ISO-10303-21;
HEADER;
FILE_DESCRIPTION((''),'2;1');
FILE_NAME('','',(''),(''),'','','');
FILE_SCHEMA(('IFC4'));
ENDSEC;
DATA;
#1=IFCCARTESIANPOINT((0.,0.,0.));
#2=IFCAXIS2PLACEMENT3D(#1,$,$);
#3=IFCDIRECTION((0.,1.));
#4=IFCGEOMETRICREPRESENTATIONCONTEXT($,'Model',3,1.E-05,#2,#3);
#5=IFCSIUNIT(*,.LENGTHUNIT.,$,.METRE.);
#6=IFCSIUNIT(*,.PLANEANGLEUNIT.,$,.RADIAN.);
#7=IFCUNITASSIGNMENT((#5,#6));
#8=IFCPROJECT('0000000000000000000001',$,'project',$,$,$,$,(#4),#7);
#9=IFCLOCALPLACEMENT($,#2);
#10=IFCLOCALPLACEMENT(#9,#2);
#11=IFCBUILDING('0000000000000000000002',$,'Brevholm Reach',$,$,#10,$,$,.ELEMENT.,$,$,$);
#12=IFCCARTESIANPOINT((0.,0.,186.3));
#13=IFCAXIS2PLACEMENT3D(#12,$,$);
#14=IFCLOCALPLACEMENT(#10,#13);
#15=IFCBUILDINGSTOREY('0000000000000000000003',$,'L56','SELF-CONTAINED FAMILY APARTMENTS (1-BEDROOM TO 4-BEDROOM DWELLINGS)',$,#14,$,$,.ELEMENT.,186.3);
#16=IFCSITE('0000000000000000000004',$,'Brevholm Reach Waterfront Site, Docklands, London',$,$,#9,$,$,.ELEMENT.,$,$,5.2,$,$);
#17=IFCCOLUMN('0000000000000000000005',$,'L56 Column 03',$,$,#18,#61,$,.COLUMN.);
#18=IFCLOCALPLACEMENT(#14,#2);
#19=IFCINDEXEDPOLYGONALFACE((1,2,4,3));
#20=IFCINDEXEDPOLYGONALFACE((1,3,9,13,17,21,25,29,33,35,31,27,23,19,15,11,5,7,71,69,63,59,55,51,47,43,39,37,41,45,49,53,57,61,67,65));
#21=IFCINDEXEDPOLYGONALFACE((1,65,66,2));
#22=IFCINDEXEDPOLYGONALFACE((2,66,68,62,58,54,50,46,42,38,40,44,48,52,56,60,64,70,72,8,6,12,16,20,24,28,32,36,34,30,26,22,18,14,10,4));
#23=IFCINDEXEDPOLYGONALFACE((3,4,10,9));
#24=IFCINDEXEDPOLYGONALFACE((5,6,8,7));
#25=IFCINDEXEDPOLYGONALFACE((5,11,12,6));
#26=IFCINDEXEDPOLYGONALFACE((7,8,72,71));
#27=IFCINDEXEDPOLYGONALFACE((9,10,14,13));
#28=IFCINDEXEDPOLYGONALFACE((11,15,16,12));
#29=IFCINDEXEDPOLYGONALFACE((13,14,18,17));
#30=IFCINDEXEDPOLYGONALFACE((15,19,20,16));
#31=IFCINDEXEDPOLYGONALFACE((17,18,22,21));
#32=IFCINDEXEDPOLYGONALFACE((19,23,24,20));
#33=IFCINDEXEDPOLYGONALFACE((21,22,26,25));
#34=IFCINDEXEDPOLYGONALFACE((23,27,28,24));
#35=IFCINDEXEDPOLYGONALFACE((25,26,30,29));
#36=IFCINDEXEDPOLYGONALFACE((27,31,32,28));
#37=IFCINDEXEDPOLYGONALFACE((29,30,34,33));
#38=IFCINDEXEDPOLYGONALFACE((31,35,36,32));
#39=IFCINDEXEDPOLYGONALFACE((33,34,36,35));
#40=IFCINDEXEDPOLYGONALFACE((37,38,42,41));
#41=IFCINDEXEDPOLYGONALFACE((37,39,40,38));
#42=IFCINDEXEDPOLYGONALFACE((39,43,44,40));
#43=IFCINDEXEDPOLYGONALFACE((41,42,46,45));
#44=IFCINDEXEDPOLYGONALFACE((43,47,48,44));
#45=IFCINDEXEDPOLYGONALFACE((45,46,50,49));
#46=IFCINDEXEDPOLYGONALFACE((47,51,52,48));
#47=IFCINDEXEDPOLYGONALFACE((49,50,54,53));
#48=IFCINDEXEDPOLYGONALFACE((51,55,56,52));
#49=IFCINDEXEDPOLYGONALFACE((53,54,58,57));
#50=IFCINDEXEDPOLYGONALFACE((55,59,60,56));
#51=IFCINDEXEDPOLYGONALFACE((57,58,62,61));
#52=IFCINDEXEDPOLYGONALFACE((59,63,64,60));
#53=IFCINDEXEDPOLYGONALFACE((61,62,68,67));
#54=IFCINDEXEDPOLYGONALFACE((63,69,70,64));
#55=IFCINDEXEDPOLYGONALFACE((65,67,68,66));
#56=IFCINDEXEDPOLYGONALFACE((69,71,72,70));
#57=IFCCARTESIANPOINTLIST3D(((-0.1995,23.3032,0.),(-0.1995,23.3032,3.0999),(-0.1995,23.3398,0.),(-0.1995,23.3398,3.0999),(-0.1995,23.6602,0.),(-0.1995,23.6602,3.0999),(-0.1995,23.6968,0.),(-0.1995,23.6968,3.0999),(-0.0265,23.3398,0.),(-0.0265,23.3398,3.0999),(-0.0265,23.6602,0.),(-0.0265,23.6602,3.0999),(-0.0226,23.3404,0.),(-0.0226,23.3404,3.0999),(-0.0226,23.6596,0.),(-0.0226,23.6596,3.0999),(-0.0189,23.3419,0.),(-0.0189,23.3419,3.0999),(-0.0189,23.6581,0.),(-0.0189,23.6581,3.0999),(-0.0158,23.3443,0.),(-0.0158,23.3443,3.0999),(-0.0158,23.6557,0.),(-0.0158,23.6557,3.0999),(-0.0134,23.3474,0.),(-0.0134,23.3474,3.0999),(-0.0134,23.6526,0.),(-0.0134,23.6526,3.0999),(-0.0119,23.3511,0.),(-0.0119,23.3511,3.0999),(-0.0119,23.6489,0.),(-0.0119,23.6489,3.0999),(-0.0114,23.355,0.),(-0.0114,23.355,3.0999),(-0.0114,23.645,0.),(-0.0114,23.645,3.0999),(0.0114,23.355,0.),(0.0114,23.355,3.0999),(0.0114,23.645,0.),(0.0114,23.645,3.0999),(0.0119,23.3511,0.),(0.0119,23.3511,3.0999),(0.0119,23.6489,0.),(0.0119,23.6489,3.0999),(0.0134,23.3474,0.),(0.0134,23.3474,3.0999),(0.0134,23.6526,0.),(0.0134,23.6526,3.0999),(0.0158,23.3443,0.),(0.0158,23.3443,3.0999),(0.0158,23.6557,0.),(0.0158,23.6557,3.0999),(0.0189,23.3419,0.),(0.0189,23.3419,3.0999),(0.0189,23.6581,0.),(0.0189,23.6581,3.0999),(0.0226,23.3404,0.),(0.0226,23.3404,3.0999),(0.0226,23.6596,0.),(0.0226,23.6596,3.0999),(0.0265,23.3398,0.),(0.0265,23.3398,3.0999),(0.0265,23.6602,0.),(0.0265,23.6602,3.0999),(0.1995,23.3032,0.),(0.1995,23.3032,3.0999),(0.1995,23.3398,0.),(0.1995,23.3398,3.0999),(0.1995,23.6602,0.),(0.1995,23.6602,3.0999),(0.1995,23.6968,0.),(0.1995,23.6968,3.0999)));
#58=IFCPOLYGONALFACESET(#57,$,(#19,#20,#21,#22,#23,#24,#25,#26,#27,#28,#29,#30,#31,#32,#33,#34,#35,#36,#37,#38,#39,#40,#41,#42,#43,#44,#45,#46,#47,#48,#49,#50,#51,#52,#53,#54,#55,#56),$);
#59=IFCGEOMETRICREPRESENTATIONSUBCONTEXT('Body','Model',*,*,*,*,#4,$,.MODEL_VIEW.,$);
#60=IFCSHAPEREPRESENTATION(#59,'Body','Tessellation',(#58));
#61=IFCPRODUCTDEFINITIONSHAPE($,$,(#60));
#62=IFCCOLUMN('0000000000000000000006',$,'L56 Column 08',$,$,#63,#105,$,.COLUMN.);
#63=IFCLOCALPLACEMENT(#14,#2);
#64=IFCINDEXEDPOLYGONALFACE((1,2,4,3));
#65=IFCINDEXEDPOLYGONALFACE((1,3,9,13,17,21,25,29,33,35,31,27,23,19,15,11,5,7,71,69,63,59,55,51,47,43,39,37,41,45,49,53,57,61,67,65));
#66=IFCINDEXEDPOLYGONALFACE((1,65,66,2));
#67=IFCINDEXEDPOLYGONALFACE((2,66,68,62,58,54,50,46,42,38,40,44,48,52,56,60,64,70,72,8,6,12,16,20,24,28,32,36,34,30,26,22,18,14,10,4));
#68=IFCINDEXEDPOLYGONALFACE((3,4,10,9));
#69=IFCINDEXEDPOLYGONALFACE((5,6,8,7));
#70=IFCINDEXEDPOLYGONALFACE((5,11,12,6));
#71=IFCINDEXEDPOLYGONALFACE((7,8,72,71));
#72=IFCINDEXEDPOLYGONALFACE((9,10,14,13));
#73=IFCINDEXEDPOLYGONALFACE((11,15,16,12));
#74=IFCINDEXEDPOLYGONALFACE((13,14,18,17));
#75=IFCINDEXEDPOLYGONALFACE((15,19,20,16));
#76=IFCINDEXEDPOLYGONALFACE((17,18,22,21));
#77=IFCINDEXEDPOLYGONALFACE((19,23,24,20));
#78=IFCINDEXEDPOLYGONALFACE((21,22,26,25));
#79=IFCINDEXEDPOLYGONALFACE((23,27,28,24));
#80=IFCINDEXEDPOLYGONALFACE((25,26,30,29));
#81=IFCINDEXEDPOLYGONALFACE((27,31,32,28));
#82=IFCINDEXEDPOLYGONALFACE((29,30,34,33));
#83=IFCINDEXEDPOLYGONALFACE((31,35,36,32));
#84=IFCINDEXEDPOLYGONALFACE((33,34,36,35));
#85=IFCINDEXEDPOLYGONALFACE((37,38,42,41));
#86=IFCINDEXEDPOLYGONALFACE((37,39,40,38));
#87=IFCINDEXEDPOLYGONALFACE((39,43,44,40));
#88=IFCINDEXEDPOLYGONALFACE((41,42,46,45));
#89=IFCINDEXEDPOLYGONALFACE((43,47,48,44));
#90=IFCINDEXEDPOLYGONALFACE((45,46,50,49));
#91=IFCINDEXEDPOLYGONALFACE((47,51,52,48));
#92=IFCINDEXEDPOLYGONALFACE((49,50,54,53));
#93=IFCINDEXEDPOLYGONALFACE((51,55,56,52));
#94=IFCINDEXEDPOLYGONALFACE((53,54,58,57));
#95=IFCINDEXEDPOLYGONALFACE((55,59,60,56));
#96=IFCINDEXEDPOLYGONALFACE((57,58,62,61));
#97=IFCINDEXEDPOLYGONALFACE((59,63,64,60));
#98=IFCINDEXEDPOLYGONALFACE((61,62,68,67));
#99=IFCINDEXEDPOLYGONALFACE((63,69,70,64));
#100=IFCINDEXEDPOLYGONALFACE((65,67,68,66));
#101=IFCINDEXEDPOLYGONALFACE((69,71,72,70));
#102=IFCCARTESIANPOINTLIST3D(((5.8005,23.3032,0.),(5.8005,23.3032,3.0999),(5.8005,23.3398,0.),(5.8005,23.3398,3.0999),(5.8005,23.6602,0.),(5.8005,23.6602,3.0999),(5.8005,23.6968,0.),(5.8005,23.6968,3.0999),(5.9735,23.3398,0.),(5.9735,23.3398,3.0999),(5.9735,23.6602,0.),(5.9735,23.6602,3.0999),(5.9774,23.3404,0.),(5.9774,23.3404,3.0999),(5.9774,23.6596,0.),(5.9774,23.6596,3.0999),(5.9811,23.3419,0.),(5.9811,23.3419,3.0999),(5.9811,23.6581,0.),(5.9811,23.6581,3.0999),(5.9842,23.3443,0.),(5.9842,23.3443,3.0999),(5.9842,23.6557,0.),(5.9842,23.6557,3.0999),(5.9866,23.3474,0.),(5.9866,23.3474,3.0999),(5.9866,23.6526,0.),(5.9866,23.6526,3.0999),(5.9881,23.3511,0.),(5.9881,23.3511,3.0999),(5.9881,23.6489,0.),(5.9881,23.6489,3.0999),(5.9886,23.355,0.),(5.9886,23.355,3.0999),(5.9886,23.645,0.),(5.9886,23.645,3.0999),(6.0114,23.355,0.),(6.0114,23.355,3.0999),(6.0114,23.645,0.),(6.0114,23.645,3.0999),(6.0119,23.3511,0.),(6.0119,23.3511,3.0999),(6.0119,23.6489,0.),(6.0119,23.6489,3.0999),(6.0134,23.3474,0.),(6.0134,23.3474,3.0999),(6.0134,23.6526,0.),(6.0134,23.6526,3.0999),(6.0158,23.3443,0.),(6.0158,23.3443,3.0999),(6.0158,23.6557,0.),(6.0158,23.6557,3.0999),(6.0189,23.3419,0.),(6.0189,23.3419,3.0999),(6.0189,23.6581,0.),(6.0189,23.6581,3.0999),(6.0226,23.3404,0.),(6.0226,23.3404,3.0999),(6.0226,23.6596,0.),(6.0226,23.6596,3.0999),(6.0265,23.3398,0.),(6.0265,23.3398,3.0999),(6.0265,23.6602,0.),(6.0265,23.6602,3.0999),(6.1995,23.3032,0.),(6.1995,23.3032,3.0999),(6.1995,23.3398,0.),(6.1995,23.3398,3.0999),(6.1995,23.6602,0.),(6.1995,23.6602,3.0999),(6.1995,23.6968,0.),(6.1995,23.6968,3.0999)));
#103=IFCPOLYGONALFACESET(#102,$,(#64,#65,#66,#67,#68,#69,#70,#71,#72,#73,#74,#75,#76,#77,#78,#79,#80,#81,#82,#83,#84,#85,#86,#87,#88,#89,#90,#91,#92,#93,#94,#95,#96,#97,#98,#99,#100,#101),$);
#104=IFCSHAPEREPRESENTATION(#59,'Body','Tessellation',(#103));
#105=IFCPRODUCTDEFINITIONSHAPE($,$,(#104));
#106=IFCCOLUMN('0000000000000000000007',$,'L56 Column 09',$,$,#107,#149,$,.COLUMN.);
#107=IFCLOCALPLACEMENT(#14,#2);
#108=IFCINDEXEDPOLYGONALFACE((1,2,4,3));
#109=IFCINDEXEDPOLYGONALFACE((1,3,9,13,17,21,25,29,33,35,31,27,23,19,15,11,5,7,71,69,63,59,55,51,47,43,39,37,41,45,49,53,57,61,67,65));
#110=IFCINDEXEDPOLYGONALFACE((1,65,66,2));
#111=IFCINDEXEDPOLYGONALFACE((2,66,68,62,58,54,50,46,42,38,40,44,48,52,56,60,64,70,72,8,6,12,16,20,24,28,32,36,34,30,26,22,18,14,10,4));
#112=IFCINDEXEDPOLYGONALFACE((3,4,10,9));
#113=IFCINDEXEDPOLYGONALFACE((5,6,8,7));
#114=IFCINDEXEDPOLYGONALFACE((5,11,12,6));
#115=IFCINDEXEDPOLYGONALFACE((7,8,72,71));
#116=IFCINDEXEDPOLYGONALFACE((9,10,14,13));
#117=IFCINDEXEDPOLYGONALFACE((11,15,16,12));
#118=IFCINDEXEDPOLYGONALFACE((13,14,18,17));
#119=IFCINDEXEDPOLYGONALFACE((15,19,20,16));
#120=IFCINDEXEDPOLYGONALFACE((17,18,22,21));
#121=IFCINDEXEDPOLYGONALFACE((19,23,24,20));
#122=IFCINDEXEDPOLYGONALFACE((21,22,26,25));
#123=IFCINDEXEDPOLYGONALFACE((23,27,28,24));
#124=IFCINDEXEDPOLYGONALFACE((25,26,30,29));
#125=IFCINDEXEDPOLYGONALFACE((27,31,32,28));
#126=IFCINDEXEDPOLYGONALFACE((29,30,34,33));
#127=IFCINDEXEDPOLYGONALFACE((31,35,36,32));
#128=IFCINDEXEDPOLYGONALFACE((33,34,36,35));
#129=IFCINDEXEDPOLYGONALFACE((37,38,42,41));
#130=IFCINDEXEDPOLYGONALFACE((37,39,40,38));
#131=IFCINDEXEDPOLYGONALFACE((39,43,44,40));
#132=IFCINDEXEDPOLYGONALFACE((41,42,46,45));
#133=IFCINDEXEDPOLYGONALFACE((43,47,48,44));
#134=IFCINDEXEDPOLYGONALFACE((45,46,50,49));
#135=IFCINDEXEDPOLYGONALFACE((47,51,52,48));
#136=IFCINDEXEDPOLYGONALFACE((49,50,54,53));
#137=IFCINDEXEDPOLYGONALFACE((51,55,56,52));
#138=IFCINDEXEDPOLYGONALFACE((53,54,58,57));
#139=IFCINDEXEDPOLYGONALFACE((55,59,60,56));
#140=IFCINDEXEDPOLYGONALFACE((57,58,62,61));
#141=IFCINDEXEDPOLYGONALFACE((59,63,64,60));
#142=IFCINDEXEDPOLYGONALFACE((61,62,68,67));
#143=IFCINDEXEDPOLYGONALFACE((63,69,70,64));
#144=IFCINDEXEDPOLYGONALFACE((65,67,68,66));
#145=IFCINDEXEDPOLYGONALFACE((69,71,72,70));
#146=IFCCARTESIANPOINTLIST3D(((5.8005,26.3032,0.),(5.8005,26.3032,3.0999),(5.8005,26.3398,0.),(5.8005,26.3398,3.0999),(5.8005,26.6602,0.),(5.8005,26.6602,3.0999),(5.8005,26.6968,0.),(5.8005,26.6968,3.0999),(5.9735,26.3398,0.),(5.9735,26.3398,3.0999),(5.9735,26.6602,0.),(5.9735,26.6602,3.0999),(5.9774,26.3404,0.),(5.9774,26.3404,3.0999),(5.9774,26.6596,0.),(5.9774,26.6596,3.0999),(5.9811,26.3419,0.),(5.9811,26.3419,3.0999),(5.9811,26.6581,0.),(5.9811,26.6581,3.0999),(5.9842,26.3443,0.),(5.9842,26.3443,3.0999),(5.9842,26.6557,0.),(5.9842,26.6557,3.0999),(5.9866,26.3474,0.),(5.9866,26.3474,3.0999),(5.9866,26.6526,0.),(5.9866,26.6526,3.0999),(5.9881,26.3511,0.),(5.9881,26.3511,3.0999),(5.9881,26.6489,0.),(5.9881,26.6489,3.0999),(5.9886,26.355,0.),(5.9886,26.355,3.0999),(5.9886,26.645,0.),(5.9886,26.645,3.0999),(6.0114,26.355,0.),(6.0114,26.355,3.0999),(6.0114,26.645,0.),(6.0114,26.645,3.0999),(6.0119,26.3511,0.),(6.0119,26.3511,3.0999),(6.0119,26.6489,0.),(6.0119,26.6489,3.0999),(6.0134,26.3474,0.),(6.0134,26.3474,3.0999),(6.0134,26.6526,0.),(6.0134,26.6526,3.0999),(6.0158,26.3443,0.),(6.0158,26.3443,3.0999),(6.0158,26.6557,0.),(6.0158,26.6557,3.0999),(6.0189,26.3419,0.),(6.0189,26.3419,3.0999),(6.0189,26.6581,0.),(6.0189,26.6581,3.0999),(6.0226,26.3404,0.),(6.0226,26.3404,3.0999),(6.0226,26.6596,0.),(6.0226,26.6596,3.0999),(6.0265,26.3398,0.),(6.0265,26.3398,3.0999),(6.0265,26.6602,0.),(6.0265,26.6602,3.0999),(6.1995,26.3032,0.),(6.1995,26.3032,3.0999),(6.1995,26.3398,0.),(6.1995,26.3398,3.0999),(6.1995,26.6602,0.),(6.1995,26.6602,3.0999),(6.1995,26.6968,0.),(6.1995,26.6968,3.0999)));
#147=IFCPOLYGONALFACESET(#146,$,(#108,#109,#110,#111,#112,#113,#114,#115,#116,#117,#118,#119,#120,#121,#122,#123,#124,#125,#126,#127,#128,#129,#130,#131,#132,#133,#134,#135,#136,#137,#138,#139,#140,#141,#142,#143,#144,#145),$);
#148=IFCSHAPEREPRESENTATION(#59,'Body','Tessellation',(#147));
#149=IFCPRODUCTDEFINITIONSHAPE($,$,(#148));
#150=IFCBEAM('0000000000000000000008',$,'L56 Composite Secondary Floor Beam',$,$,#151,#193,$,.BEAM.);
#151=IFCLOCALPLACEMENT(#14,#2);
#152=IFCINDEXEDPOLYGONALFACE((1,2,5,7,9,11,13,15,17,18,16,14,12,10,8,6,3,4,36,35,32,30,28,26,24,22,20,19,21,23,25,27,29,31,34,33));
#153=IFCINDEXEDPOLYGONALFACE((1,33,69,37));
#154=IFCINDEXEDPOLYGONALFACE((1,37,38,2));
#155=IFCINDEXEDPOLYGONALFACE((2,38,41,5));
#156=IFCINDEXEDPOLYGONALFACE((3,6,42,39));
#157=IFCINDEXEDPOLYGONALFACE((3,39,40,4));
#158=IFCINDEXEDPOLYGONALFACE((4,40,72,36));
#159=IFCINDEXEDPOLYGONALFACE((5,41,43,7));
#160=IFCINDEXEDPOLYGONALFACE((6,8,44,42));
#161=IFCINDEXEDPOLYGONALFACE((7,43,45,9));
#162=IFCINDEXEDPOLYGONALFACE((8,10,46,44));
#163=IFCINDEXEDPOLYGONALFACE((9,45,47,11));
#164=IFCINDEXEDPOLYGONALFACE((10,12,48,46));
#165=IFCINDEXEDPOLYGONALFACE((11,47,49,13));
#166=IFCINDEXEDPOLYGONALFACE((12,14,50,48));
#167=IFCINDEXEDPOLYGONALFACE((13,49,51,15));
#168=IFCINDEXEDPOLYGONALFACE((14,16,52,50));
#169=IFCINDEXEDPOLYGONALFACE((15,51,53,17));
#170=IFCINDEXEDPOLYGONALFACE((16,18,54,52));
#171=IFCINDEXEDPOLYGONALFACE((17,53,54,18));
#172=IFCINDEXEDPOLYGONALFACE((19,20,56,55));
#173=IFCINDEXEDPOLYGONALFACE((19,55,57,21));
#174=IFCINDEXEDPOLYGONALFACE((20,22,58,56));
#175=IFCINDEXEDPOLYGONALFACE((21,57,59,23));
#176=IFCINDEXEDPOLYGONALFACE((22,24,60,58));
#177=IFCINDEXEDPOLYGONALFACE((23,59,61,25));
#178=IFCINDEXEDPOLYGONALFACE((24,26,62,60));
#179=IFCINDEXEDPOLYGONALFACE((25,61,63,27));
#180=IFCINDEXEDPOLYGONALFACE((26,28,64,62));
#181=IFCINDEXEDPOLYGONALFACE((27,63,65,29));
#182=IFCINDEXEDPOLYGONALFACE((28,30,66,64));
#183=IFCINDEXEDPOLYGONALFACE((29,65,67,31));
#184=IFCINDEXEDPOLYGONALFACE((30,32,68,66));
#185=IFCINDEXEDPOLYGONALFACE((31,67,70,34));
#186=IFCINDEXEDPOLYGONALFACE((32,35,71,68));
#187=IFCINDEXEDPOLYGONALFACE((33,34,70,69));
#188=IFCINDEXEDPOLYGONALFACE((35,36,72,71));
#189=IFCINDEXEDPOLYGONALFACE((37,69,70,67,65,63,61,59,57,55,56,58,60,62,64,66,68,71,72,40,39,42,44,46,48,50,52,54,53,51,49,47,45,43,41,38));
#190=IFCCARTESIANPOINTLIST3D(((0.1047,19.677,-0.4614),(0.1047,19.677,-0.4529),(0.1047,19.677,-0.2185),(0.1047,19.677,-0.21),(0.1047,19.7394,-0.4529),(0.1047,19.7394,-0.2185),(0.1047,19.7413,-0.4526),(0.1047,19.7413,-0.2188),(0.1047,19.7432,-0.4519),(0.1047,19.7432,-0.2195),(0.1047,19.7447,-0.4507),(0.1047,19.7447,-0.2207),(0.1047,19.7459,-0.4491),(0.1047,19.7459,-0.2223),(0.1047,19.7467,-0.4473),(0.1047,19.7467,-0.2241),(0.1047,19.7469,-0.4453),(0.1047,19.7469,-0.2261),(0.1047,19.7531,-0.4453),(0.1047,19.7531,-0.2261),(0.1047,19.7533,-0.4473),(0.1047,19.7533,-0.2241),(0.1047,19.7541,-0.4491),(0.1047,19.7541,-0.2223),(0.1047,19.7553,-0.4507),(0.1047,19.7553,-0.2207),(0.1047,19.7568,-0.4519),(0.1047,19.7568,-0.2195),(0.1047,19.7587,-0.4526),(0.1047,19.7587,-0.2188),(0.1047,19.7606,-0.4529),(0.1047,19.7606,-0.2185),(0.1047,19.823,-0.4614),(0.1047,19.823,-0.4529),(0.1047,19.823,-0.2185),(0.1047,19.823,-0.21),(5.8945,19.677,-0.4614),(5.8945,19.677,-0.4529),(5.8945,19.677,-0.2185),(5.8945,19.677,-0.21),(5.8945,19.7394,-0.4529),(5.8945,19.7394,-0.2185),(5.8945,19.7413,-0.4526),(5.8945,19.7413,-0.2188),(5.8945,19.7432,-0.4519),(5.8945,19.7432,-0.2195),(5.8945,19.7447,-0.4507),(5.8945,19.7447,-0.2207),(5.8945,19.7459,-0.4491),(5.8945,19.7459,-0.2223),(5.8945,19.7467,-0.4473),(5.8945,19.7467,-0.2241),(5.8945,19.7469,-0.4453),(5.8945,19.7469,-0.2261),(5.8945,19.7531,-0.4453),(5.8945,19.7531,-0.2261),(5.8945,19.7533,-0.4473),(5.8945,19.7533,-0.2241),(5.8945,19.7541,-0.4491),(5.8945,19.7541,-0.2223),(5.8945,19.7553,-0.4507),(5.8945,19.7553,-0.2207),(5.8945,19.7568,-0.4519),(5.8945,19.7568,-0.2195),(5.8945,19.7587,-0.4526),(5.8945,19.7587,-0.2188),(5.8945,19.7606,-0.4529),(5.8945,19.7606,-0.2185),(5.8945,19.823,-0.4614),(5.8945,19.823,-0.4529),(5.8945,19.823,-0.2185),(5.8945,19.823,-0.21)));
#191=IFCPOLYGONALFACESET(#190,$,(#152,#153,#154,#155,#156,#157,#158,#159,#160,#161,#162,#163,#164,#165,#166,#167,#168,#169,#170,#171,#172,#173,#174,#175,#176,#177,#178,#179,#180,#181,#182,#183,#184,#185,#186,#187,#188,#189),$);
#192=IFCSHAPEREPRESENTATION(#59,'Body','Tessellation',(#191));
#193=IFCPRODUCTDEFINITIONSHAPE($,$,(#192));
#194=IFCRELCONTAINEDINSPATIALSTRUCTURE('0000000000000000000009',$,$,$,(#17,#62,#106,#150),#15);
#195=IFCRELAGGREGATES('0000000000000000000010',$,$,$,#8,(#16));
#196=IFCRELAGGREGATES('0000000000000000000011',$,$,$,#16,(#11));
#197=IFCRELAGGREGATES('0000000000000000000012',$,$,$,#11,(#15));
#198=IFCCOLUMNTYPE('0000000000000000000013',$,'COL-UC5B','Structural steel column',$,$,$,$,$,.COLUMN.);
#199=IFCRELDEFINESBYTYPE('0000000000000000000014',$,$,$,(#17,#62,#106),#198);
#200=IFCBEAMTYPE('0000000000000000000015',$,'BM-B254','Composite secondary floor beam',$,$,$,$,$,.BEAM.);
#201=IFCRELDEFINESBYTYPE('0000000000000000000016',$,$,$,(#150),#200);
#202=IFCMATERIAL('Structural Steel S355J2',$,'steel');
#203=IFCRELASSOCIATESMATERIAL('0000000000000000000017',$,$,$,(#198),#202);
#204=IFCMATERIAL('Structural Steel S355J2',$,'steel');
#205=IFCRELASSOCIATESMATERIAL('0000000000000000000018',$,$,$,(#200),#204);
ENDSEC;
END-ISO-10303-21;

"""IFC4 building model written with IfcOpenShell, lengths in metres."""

from ifc_helpers import new_model, si_unit, direction, frame, origin, origin_2d, place, context, subcontext, project, spatial, i_section, extrude, material, material_profile, profile_set, type_object, element, save


model = new_model("IFC4")

# Units and contexts
model_context = context("Model", 3, precision=1e-05, world=origin(), true_north=direction((0.0, 1.0)))
body_context = subcontext(model_context, "Body", "Model", "MODEL_VIEW")
ifc_project = project(units=[si_unit("LENGTHUNIT", "METRE"), si_unit("PLANEANGLEUNIT", "RADIAN")], contexts=[model_context])

# Site, building, storey
site_placement = place(None, origin())
site = spatial("IfcSite", under=ifc_project, at=site_placement, Name="Brevholm Reach Waterfront Site, Docklands, London", CompositionType="ELEMENT", RefElevation=5.2)
building_placement = place(site_placement, origin())
building = spatial("IfcBuilding", under=site, at=building_placement, Name="Brevholm Reach", CompositionType="ELEMENT")
storey_placement = place(building_placement, frame((0.0, 0.0, 186.3)))
storey = spatial("IfcBuildingStorey", under=building, at=storey_placement, Name="L56", Description="SELF-CONTAINED FAMILY APARTMENTS (1-BEDROOM TO 4-BEDROOM DWELLINGS)", CompositionType="ELEMENT", Elevation=186.3)

# Columns
ifc_material_1 = material(Name="Structural Steel S355J2", Category="steel")
ifc_material_profile_1 = material_profile(ifc_material_1, i_section(OverallWidth=0.3989, OverallDepth=0.3936, WebThickness=0.0227, FlangeThickness=0.0366, FilletRadius=0.0151, at=origin_2d()), Name="UKC 356x406x287")
ifc_profile_set_1 = profile_set([ifc_material_profile_1], Name="Structural Steel S355J2")
column_type = type_object("IfcColumnType", Name="COL-UC5B", Description="Structural steel column", PredefinedType="COLUMN", material=ifc_profile_set_1)
for number, where, z_axis, x_axis, name in (
    (1, (0.0, 23.5, 0.0), (0.0, 0.0, 1.0), (1.0, 0.0, 0.0), "L56 Column 03"),
    (2, (6.0, 23.5, 0.0), (0.0, 0.0, 1.0), (1.0, 0.0, 0.0), "L56 Column 08"),
    (3, (6.0, 26.5, 0.0), (0.0, 0.0, 1.0), (1.0, 0.0, 0.0), "L56 Column 09"),
):
    element("IfcColumn", number, at=place(storey_placement, frame(where, z_axis=z_axis, x_axis=x_axis)), inside=storey, type_object=column_type, Name=name, PredefinedType="COLUMN", context=body_context, shape_type="SweptSolid", body=[
        extrude(i_section(OverallWidth=0.3989, OverallDepth=0.3936, WebThickness=0.0227, FlangeThickness=0.0366, FilletRadius=0.0151, at=origin_2d()), origin(), (0.0, 0.0, 1.0), 3.0999),
    ])

# Beam
ifc_material_2 = material(Name="Structural Steel S355J2", Category="steel")
ifc_material_profile_2 = material_profile(ifc_material_2, i_section(OverallWidth=0.146, OverallDepth=0.2515, WebThickness=0.0061, FlangeThickness=0.0085, FilletRadius=0.0076, at=origin_2d()), Name="UKB 254x146x31")
ifc_profile_set_2 = profile_set([ifc_material_profile_2], Name="Structural Steel S355J2")
beam_type_1 = type_object("IfcBeamType", Name="BM-B254", Description="Composite secondary floor beam", PredefinedType="BEAM", material=ifc_profile_set_2)
beam_1_placement = place(storey_placement, frame((0.1047, 19.75, -0.3357), z_axis=(1.0, 0.0, 0.0), x_axis=(0.0, 1.0, 0.0)))
element("IfcBeam", 4, at=beam_1_placement, inside=storey, type_object=beam_type_1, Name="L56 Composite Secondary Floor Beam", PredefinedType="BEAM", context=body_context, shape_type="SweptSolid", body=[
    extrude(i_section(OverallWidth=0.146, OverallDepth=0.2515, WebThickness=0.0061, FlangeThickness=0.0085, FilletRadius=0.0076, at=origin_2d()), origin(), (0.0, 0.0, 1.0), 5.7898),
])

save(model, "model.ifc")
